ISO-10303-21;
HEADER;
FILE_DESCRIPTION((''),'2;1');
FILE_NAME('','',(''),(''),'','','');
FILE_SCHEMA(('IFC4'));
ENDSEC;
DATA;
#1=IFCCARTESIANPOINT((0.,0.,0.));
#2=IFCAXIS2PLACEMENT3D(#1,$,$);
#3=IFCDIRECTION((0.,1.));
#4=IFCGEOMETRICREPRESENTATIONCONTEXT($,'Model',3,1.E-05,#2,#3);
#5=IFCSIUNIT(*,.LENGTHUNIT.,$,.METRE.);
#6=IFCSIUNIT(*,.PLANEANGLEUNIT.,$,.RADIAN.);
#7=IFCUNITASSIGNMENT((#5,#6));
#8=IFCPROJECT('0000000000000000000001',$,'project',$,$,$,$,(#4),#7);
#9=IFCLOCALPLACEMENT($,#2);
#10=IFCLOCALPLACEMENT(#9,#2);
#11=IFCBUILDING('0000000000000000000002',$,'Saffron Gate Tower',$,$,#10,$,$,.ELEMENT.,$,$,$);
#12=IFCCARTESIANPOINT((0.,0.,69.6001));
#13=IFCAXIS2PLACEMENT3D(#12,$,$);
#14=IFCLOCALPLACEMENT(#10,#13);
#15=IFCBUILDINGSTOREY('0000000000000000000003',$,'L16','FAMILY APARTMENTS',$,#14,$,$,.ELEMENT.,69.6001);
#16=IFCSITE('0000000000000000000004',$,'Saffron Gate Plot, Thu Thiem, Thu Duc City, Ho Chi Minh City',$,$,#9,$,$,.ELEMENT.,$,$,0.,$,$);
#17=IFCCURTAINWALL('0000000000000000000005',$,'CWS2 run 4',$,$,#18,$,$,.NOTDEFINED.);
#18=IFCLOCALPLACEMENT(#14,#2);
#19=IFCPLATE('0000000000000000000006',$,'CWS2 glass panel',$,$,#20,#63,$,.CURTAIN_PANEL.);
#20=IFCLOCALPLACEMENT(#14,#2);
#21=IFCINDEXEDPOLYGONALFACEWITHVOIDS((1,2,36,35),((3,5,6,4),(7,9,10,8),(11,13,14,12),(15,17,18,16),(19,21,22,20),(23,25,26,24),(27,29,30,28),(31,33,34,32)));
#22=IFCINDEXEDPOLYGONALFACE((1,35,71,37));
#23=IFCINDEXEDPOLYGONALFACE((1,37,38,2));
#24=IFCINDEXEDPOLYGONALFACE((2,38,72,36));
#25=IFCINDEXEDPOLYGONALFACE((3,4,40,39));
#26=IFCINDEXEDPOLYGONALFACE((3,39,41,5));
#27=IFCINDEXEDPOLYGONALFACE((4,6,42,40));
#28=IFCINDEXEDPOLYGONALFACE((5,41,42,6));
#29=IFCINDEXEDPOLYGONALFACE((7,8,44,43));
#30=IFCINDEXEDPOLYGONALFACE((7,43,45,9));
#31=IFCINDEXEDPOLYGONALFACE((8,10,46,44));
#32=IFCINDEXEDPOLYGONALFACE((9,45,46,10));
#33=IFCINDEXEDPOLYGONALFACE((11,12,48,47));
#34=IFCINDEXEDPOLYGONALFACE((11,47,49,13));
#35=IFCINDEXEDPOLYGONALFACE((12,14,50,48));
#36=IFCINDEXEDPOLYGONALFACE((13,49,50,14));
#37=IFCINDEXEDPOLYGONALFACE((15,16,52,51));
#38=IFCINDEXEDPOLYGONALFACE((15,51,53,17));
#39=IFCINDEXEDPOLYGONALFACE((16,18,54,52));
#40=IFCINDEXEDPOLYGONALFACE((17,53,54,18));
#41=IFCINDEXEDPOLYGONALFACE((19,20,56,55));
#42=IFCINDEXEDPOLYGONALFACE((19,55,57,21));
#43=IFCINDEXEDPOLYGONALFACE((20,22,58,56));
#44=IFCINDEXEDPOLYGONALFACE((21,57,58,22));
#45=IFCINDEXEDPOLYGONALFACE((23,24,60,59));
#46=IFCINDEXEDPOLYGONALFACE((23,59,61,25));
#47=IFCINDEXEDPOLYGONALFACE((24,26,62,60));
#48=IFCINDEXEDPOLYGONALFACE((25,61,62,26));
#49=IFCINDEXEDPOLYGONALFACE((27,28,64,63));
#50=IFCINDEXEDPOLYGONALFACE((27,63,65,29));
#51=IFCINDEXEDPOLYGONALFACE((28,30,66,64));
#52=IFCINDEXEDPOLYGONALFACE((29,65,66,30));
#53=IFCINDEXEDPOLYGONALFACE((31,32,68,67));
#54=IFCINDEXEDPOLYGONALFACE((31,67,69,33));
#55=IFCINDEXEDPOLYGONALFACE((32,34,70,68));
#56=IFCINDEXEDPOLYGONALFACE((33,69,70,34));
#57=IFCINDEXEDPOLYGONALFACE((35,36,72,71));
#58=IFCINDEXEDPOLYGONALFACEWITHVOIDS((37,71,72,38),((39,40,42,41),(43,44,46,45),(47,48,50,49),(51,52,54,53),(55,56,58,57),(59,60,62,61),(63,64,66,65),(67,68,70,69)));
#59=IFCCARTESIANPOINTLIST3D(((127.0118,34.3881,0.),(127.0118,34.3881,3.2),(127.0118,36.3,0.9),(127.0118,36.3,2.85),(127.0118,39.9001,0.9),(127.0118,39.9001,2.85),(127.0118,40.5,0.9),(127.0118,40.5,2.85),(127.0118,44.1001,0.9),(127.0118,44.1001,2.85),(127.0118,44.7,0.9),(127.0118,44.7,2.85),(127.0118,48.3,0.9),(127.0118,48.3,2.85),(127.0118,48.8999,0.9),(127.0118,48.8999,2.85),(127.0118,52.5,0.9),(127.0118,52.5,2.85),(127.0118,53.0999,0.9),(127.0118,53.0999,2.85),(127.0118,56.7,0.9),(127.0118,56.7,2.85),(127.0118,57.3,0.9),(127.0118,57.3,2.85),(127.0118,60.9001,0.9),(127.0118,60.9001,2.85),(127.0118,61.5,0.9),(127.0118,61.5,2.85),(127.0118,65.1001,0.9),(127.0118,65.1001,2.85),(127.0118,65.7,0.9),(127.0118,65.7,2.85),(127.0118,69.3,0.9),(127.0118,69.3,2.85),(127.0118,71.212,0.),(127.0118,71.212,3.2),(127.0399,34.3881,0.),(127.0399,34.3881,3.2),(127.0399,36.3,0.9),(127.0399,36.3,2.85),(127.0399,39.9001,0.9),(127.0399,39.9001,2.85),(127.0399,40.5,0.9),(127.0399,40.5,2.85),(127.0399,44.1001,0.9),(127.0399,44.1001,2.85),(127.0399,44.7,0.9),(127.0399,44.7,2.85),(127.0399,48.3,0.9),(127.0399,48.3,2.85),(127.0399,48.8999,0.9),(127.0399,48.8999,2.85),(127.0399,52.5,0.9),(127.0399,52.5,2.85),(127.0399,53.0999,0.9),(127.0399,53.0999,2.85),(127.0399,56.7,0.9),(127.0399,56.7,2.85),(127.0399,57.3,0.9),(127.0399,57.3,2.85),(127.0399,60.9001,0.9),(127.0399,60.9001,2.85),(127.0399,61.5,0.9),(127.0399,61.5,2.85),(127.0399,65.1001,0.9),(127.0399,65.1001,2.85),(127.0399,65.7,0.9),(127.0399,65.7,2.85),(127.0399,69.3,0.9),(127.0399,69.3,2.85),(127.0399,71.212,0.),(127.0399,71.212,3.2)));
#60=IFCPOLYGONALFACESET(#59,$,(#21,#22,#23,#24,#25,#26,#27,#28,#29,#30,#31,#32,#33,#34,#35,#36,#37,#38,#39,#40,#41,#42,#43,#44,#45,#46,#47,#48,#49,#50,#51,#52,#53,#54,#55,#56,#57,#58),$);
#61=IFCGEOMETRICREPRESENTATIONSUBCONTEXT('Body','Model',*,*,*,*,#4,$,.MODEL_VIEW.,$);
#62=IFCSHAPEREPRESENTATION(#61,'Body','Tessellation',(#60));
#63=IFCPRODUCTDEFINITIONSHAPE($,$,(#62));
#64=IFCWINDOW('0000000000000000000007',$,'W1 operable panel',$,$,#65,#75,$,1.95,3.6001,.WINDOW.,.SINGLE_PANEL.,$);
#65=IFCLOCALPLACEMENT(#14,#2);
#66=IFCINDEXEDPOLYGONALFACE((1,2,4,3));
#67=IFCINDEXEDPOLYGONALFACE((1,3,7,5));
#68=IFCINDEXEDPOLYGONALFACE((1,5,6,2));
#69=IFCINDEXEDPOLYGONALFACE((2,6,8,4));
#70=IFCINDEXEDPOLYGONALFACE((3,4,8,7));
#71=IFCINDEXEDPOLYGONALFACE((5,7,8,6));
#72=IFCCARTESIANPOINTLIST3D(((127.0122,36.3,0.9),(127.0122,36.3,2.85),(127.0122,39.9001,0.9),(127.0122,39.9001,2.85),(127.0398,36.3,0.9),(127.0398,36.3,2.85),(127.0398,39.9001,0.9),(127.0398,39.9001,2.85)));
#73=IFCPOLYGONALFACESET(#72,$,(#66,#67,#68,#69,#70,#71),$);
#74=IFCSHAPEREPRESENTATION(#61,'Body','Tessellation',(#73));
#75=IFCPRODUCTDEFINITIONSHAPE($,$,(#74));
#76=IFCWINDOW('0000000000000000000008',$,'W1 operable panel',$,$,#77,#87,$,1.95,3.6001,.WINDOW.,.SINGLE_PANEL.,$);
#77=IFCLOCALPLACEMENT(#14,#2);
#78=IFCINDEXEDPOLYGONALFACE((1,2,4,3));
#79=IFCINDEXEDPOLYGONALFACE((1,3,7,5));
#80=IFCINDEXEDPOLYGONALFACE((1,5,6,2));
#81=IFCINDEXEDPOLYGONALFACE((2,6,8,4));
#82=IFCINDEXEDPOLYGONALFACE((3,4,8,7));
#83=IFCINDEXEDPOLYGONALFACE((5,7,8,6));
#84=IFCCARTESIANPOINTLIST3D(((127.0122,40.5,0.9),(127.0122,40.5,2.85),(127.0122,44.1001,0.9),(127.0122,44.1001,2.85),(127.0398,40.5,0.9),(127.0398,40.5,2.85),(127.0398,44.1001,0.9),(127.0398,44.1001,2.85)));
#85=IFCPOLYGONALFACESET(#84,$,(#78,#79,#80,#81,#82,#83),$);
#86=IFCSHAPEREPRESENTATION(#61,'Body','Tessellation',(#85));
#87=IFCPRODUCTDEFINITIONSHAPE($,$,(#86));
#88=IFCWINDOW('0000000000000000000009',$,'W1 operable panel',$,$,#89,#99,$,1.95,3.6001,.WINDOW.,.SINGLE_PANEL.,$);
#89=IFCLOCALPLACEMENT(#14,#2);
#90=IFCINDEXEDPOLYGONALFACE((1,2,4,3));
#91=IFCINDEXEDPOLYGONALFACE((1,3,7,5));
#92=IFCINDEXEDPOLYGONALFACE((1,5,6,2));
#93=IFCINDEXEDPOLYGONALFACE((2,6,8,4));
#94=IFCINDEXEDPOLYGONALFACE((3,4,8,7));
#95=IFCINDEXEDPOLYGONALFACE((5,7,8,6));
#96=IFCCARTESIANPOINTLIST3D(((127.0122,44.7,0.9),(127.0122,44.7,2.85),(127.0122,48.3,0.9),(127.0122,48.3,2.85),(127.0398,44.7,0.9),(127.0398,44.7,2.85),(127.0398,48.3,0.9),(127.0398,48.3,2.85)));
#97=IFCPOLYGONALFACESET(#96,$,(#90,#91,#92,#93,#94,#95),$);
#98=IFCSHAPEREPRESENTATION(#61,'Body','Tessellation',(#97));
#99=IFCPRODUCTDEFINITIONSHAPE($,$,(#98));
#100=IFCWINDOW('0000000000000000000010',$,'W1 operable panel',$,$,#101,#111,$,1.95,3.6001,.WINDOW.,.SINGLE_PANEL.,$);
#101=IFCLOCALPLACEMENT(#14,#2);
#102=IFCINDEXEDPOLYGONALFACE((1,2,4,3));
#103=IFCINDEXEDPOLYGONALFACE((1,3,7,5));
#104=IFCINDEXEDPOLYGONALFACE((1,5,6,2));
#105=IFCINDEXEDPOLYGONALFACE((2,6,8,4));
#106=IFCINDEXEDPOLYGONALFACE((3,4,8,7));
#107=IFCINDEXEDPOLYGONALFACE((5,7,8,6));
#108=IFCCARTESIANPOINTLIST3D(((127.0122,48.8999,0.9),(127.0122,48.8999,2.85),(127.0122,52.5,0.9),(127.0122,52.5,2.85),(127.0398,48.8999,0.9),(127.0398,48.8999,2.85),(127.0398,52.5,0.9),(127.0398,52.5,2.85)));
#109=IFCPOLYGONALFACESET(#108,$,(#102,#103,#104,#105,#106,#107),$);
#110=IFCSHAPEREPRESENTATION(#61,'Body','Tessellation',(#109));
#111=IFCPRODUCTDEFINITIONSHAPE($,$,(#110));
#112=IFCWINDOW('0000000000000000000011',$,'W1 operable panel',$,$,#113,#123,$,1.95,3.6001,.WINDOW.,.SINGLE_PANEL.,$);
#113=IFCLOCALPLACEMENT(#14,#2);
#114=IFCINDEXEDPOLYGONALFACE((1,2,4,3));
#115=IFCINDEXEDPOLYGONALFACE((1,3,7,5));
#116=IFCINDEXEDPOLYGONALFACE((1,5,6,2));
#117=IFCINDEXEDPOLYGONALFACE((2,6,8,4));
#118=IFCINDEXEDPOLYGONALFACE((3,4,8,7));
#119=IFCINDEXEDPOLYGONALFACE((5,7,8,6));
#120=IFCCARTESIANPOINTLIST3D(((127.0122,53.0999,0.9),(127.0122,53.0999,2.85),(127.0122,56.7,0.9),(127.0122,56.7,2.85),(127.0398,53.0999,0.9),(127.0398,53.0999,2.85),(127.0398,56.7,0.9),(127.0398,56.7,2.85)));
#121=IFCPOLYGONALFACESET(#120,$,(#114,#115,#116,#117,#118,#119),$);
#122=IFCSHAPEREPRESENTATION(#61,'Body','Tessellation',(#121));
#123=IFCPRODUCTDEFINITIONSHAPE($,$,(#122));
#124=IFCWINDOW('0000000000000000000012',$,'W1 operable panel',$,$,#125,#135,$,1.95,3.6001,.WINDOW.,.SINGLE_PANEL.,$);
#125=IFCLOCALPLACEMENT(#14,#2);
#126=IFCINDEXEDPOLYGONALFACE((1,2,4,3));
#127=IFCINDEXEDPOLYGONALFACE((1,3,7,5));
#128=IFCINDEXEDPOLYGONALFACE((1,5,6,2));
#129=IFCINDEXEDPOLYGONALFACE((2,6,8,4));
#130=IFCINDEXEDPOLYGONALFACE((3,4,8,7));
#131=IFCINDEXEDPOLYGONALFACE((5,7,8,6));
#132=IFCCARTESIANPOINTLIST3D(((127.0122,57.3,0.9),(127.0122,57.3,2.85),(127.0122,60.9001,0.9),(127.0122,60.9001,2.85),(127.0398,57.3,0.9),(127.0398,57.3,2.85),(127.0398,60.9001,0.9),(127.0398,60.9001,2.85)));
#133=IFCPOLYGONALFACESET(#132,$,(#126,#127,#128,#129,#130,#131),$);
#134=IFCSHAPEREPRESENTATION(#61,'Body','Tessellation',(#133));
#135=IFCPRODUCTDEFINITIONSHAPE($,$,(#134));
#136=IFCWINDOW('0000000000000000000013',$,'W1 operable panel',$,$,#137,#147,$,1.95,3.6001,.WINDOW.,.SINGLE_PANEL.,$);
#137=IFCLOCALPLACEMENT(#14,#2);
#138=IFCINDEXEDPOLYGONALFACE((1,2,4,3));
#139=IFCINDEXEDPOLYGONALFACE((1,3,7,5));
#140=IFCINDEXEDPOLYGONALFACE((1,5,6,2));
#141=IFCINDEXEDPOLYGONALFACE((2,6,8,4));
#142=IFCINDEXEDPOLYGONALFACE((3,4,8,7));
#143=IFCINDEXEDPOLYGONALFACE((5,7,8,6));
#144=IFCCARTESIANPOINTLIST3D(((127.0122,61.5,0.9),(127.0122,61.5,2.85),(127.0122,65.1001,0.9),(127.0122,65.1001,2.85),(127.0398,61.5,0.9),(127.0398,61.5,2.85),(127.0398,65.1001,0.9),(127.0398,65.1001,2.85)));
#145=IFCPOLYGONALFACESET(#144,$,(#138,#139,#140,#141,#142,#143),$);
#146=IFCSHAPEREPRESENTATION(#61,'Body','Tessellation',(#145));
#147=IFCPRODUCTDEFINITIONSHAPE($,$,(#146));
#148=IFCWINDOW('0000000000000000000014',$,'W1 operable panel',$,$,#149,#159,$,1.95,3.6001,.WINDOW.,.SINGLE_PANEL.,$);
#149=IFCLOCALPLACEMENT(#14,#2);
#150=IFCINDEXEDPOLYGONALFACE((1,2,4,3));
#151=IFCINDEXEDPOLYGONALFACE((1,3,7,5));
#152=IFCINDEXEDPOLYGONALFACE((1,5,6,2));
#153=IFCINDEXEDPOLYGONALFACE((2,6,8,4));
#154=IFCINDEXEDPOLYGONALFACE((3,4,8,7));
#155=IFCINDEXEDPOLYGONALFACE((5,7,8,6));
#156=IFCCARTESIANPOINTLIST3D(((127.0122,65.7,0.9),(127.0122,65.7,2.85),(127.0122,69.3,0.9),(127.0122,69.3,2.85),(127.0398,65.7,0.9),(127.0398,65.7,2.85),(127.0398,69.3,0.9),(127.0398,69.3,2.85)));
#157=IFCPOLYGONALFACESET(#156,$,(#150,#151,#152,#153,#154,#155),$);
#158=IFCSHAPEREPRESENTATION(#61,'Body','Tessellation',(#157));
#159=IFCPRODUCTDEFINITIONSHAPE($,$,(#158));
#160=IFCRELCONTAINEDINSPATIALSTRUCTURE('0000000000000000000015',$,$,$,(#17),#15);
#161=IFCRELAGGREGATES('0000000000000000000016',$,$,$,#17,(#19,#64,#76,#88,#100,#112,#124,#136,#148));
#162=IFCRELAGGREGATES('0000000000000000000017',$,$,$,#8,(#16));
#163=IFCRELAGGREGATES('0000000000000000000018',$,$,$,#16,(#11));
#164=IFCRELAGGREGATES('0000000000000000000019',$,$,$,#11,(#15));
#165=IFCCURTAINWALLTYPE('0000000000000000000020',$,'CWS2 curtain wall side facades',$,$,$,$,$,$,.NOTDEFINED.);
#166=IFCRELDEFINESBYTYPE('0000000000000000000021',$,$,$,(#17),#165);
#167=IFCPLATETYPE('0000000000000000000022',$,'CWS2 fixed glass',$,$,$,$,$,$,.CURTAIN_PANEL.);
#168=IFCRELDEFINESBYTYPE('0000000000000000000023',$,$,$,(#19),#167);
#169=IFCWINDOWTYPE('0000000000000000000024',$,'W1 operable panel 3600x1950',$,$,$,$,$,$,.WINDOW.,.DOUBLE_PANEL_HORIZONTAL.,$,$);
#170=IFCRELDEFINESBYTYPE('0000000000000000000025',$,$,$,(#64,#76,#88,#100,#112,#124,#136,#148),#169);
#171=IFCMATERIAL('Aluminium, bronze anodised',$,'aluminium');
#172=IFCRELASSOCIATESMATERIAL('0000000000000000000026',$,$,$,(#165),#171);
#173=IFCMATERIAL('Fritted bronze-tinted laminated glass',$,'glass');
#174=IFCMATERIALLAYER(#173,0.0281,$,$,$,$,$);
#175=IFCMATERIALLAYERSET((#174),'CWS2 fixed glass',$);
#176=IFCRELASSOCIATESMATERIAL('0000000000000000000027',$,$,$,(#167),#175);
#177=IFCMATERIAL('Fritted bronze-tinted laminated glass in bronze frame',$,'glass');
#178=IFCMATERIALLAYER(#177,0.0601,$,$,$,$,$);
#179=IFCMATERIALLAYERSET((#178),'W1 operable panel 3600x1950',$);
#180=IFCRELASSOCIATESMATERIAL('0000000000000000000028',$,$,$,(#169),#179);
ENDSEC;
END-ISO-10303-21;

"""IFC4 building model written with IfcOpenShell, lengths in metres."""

from ifc_helpers import new_model, si_unit, direction, frame, frame_2d, origin, place, context, subcontext, project, spatial, rectangle, extrude, material, layer, layer_set, type_object, element, fill, aggregate, save


model = new_model("IFC4")

# Units and contexts
model_context = context("Model", 3, precision=1e-05, world=origin(), true_north=direction((0.0, 1.0)))
body_context = subcontext(model_context, "Body", "Model", "MODEL_VIEW")
ifc_project = project(units=[si_unit("LENGTHUNIT", "METRE"), si_unit("PLANEANGLEUNIT", "RADIAN")], contexts=[model_context])

# Site, building, storey
site_placement = place(None, origin())
site = spatial("IfcSite", under=ifc_project, at=site_placement, Name="Saffron Gate Plot, Thu Thiem, Thu Duc City, Ho Chi Minh City", CompositionType="ELEMENT", RefElevation=0.0)
building_placement = place(site_placement, origin())
building = spatial("IfcBuilding", under=site, at=building_placement, Name="Saffron Gate Tower", CompositionType="ELEMENT")
storey_placement = place(building_placement, frame((0.0, 0.0, 69.6001)))
storey = spatial("IfcBuildingStorey", under=building, at=storey_placement, Name="L16", Description="FAMILY APARTMENTS", CompositionType="ELEMENT", Elevation=69.6001)

# Curtain wall
ifc_material_1 = material(Name="Aluminium, bronze anodised", Category="aluminium")
curtain_wall_type_1 = type_object("IfcCurtainWallType", Name="CWS2 curtain wall side facades", PredefinedType="NOTDEFINED", material=ifc_material_1)
curtain_wall_1_placement = place(storey_placement, origin())
curtain_wall_1 = element("IfcCurtainWall", 1, at=curtain_wall_1_placement, inside=storey, type_object=curtain_wall_type_1, Name="CWS2 run 4", PredefinedType="NOTDEFINED")

# Plate, openings, windows
ifc_material_2 = material(Name="Fritted bronze-tinted laminated glass", Category="glass")
ifc_layer_1 = layer(ifc_material_2, 0.0281)
ifc_layer_set_1 = layer_set([ifc_layer_1], Name="CWS2 fixed glass")
plate_type = type_object("IfcPlateType", Name="CWS2 fixed glass", PredefinedType="CURTAIN_PANEL", material=ifc_layer_set_1)
plate_placement = place(storey_placement, frame((127.0259, 34.3879, 0.0), z_axis=(0.0, 0.0, 1.0), x_axis=(0.0, 1.0, 0.0)))
plate = element("IfcPlate", 2, at=plate_placement, type_object=plate_type, Name="CWS2 glass panel", PredefinedType="CURTAIN_PANEL", context=body_context, shape_type="SweptSolid", body=[
    extrude(rectangle(XDim=36.824, YDim=0.0281, at=frame_2d((18.4121, 0.0))), origin(), (0.0, 0.0, 1.0), 3.2),
])
opening_1_placement = place(plate_placement, frame((1.9121, 0.0, 0.8999)))
opening_1 = element("IfcOpeningElement", 3, at=opening_1_placement, cuts=plate, PredefinedType="OPENING", context=body_context, shape_type="SweptSolid", body=[
    extrude(rectangle(XDim=3.6001, YDim=1.95, at=frame_2d((1.8, 0.9751))), frame((0.0, 0.0239, 0.0), z_axis=(0.0, -1.0, 0.0), x_axis=(1.0, 0.0, 0.0)), (0.0, 0.0, 1.0), 0.0481),
])
opening_2_placement = place(plate_placement, frame((6.1121, 0.0, 0.8999)))
opening_2 = element("IfcOpeningElement", 4, at=opening_2_placement, cuts=plate, PredefinedType="OPENING", context=body_context, shape_type="SweptSolid", body=[
    extrude(rectangle(XDim=3.6001, YDim=1.95, at=frame_2d((1.8, 0.9751))), frame((0.0, 0.0239, 0.0), z_axis=(0.0, -1.0, 0.0), x_axis=(1.0, 0.0, 0.0)), (0.0, 0.0, 1.0), 0.0481),
])
opening_3_placement = place(plate_placement, frame((10.312, 0.0, 0.8999)))
opening_3 = element("IfcOpeningElement", 5, at=opening_3_placement, cuts=plate, PredefinedType="OPENING", context=body_context, shape_type="SweptSolid", body=[
    extrude(rectangle(XDim=3.6001, YDim=1.95, at=frame_2d((1.8, 0.9751))), frame((0.0, 0.0239, 0.0), z_axis=(0.0, -1.0, 0.0), x_axis=(1.0, 0.0, 0.0)), (0.0, 0.0, 1.0), 0.0481),
])
opening_4_placement = place(plate_placement, frame((14.512, 0.0, 0.8999)))
opening_4 = element("IfcOpeningElement", 6, at=opening_4_placement, cuts=plate, PredefinedType="OPENING", context=body_context, shape_type="SweptSolid", body=[
    extrude(rectangle(XDim=3.6001, YDim=1.95, at=frame_2d((1.8, 0.9751))), frame((0.0, 0.0239, 0.0), z_axis=(0.0, -1.0, 0.0), x_axis=(1.0, 0.0, 0.0)), (0.0, 0.0, 1.0), 0.0481),
])
opening_5_placement = place(plate_placement, frame((18.7119, 0.0, 0.8999)))
opening_5 = element("IfcOpeningElement", 7, at=opening_5_placement, cuts=plate, PredefinedType="OPENING", context=body_context, shape_type="SweptSolid", body=[
    extrude(rectangle(XDim=3.6001, YDim=1.95, at=frame_2d((1.8, 0.9751))), frame((0.0, 0.0239, 0.0), z_axis=(0.0, -1.0, 0.0), x_axis=(1.0, 0.0, 0.0)), (0.0, 0.0, 1.0), 0.0481),
])
opening_6_placement = place(plate_placement, frame((22.9121, 0.0, 0.8999)))
opening_6 = element("IfcOpeningElement", 8, at=opening_6_placement, cuts=plate, PredefinedType="OPENING", context=body_context, shape_type="SweptSolid", body=[
    extrude(rectangle(XDim=3.6001, YDim=1.95, at=frame_2d((1.8, 0.9751))), frame((0.0, 0.0239, 0.0), z_axis=(0.0, -1.0, 0.0), x_axis=(1.0, 0.0, 0.0)), (0.0, 0.0, 1.0), 0.0481),
])
opening_7_placement = place(plate_placement, frame((27.1121, 0.0, 0.8999)))
opening_7 = element("IfcOpeningElement", 9, at=opening_7_placement, cuts=plate, PredefinedType="OPENING", context=body_context, shape_type="SweptSolid", body=[
    extrude(rectangle(XDim=3.6001, YDim=1.95, at=frame_2d((1.8, 0.9751))), frame((0.0, 0.0239, 0.0), z_axis=(0.0, -1.0, 0.0), x_axis=(1.0, 0.0, 0.0)), (0.0, 0.0, 1.0), 0.0481),
])
opening_8_placement = place(plate_placement, frame((31.312, 0.0, 0.8999)))
opening_8 = element("IfcOpeningElement", 10, at=opening_8_placement, cuts=plate, PredefinedType="OPENING", context=body_context, shape_type="SweptSolid", body=[
    extrude(rectangle(XDim=3.6001, YDim=1.95, at=frame_2d((1.8, 0.9751))), frame((0.0, 0.0239, 0.0), z_axis=(0.0, -1.0, 0.0), x_axis=(1.0, 0.0, 0.0)), (0.0, 0.0, 1.0), 0.0481),
])
ifc_material_3 = material(Name="Fritted bronze-tinted laminated glass in bronze frame", Category="glass")
ifc_layer_2 = layer(ifc_material_3, 0.0601)
ifc_layer_set_2 = layer_set([ifc_layer_2], Name="W1 operable panel 3600x1950")
window_type = type_object("IfcWindowType", Name="W1 operable panel 3600x1950", PartitioningType="DOUBLE_PANEL_HORIZONTAL", PredefinedType="WINDOW", material=ifc_layer_set_2)
window_1_placement = place(opening_1_placement, origin())
window_1 = element("IfcWindow", 11, at=window_1_placement, type_object=window_type, Name="W1 operable panel", OverallHeight=1.95, OverallWidth=3.6001, PartitioningType="SINGLE_PANEL", PredefinedType="WINDOW", context=body_context, shape_type="SweptSolid", body=[
    extrude(rectangle(XDim=3.6001, YDim=1.95, at=frame_2d((1.8, 0.9751))), frame((0.0, 0.0137, 0.0), z_axis=(0.0, -1.0, 0.0), x_axis=(1.0, 0.0, 0.0)), (0.0, 0.0, 1.0), 0.0276),
])
fill(opening_1, window_1)
window_2_placement = place(opening_2_placement, origin())
window_2 = element("IfcWindow", 12, at=window_2_placement, type_object=window_type, Name="W1 operable panel", OverallHeight=1.95, OverallWidth=3.6001, PartitioningType="SINGLE_PANEL", PredefinedType="WINDOW", context=body_context, shape_type="SweptSolid", body=[
    extrude(rectangle(XDim=3.6001, YDim=1.95, at=frame_2d((1.8, 0.9751))), frame((0.0, 0.0137, 0.0), z_axis=(0.0, -1.0, 0.0), x_axis=(1.0, 0.0, 0.0)), (0.0, 0.0, 1.0), 0.0276),
])
fill(opening_2, window_2)
window_3_placement = place(opening_3_placement, origin())
window_3 = element("IfcWindow", 13, at=window_3_placement, type_object=window_type, Name="W1 operable panel", OverallHeight=1.95, OverallWidth=3.6001, PartitioningType="SINGLE_PANEL", PredefinedType="WINDOW", context=body_context, shape_type="SweptSolid", body=[
    extrude(rectangle(XDim=3.6001, YDim=1.95, at=frame_2d((1.8, 0.9751))), frame((0.0, 0.0137, 0.0), z_axis=(0.0, -1.0, 0.0), x_axis=(1.0, 0.0, 0.0)), (0.0, 0.0, 1.0), 0.0276),
])
fill(opening_3, window_3)
window_4_placement = place(opening_4_placement, origin())
window_4 = element("IfcWindow", 14, at=window_4_placement, type_object=window_type, Name="W1 operable panel", OverallHeight=1.95, OverallWidth=3.6001, PartitioningType="SINGLE_PANEL", PredefinedType="WINDOW", context=body_context, shape_type="SweptSolid", body=[
    extrude(rectangle(XDim=3.6001, YDim=1.95, at=frame_2d((1.8, 0.9751))), frame((0.0, 0.0137, 0.0), z_axis=(0.0, -1.0, 0.0), x_axis=(1.0, 0.0, 0.0)), (0.0, 0.0, 1.0), 0.0276),
])
fill(opening_4, window_4)
window_5_placement = place(opening_5_placement, origin())
window_5 = element("IfcWindow", 15, at=window_5_placement, type_object=window_type, Name="W1 operable panel", OverallHeight=1.95, OverallWidth=3.6001, PartitioningType="SINGLE_PANEL", PredefinedType="WINDOW", context=body_context, shape_type="SweptSolid", body=[
    extrude(rectangle(XDim=3.6001, YDim=1.95, at=frame_2d((1.8, 0.9751))), frame((0.0, 0.0137, 0.0), z_axis=(0.0, -1.0, 0.0), x_axis=(1.0, 0.0, 0.0)), (0.0, 0.0, 1.0), 0.0276),
])
fill(opening_5, window_5)
window_6_placement = place(opening_6_placement, origin())
window_6 = element("IfcWindow", 16, at=window_6_placement, type_object=window_type, Name="W1 operable panel", OverallHeight=1.95, OverallWidth=3.6001, PartitioningType="SINGLE_PANEL", PredefinedType="WINDOW", context=body_context, shape_type="SweptSolid", body=[
    extrude(rectangle(XDim=3.6001, YDim=1.95, at=frame_2d((1.8, 0.9751))), frame((0.0, 0.0137, 0.0), z_axis=(0.0, -1.0, 0.0), x_axis=(1.0, 0.0, 0.0)), (0.0, 0.0, 1.0), 0.0276),
])
fill(opening_6, window_6)
window_7_placement = place(opening_7_placement, origin())
window_7 = element("IfcWindow", 17, at=window_7_placement, type_object=window_type, Name="W1 operable panel", OverallHeight=1.95, OverallWidth=3.6001, PartitioningType="SINGLE_PANEL", PredefinedType="WINDOW", context=body_context, shape_type="SweptSolid", body=[
    extrude(rectangle(XDim=3.6001, YDim=1.95, at=frame_2d((1.8, 0.9751))), frame((0.0, 0.0137, 0.0), z_axis=(0.0, -1.0, 0.0), x_axis=(1.0, 0.0, 0.0)), (0.0, 0.0, 1.0), 0.0276),
])
fill(opening_7, window_7)
window_8_placement = place(opening_8_placement, origin())
window_8 = element("IfcWindow", 18, at=window_8_placement, type_object=window_type, Name="W1 operable panel", OverallHeight=1.95, OverallWidth=3.6001, PartitioningType="SINGLE_PANEL", PredefinedType="WINDOW", context=body_context, shape_type="SweptSolid", body=[
    extrude(rectangle(XDim=3.6001, YDim=1.95, at=frame_2d((1.8, 0.9751))), frame((0.0, 0.0137, 0.0), z_axis=(0.0, -1.0, 0.0), x_axis=(1.0, 0.0, 0.0)), (0.0, 0.0, 1.0), 0.0276),
])
fill(opening_8, window_8)
aggregate(curtain_wall_1, [plate, window_1, window_2, window_3, window_4, window_5, window_6, window_7, window_8])

save(model, "model.ifc")
